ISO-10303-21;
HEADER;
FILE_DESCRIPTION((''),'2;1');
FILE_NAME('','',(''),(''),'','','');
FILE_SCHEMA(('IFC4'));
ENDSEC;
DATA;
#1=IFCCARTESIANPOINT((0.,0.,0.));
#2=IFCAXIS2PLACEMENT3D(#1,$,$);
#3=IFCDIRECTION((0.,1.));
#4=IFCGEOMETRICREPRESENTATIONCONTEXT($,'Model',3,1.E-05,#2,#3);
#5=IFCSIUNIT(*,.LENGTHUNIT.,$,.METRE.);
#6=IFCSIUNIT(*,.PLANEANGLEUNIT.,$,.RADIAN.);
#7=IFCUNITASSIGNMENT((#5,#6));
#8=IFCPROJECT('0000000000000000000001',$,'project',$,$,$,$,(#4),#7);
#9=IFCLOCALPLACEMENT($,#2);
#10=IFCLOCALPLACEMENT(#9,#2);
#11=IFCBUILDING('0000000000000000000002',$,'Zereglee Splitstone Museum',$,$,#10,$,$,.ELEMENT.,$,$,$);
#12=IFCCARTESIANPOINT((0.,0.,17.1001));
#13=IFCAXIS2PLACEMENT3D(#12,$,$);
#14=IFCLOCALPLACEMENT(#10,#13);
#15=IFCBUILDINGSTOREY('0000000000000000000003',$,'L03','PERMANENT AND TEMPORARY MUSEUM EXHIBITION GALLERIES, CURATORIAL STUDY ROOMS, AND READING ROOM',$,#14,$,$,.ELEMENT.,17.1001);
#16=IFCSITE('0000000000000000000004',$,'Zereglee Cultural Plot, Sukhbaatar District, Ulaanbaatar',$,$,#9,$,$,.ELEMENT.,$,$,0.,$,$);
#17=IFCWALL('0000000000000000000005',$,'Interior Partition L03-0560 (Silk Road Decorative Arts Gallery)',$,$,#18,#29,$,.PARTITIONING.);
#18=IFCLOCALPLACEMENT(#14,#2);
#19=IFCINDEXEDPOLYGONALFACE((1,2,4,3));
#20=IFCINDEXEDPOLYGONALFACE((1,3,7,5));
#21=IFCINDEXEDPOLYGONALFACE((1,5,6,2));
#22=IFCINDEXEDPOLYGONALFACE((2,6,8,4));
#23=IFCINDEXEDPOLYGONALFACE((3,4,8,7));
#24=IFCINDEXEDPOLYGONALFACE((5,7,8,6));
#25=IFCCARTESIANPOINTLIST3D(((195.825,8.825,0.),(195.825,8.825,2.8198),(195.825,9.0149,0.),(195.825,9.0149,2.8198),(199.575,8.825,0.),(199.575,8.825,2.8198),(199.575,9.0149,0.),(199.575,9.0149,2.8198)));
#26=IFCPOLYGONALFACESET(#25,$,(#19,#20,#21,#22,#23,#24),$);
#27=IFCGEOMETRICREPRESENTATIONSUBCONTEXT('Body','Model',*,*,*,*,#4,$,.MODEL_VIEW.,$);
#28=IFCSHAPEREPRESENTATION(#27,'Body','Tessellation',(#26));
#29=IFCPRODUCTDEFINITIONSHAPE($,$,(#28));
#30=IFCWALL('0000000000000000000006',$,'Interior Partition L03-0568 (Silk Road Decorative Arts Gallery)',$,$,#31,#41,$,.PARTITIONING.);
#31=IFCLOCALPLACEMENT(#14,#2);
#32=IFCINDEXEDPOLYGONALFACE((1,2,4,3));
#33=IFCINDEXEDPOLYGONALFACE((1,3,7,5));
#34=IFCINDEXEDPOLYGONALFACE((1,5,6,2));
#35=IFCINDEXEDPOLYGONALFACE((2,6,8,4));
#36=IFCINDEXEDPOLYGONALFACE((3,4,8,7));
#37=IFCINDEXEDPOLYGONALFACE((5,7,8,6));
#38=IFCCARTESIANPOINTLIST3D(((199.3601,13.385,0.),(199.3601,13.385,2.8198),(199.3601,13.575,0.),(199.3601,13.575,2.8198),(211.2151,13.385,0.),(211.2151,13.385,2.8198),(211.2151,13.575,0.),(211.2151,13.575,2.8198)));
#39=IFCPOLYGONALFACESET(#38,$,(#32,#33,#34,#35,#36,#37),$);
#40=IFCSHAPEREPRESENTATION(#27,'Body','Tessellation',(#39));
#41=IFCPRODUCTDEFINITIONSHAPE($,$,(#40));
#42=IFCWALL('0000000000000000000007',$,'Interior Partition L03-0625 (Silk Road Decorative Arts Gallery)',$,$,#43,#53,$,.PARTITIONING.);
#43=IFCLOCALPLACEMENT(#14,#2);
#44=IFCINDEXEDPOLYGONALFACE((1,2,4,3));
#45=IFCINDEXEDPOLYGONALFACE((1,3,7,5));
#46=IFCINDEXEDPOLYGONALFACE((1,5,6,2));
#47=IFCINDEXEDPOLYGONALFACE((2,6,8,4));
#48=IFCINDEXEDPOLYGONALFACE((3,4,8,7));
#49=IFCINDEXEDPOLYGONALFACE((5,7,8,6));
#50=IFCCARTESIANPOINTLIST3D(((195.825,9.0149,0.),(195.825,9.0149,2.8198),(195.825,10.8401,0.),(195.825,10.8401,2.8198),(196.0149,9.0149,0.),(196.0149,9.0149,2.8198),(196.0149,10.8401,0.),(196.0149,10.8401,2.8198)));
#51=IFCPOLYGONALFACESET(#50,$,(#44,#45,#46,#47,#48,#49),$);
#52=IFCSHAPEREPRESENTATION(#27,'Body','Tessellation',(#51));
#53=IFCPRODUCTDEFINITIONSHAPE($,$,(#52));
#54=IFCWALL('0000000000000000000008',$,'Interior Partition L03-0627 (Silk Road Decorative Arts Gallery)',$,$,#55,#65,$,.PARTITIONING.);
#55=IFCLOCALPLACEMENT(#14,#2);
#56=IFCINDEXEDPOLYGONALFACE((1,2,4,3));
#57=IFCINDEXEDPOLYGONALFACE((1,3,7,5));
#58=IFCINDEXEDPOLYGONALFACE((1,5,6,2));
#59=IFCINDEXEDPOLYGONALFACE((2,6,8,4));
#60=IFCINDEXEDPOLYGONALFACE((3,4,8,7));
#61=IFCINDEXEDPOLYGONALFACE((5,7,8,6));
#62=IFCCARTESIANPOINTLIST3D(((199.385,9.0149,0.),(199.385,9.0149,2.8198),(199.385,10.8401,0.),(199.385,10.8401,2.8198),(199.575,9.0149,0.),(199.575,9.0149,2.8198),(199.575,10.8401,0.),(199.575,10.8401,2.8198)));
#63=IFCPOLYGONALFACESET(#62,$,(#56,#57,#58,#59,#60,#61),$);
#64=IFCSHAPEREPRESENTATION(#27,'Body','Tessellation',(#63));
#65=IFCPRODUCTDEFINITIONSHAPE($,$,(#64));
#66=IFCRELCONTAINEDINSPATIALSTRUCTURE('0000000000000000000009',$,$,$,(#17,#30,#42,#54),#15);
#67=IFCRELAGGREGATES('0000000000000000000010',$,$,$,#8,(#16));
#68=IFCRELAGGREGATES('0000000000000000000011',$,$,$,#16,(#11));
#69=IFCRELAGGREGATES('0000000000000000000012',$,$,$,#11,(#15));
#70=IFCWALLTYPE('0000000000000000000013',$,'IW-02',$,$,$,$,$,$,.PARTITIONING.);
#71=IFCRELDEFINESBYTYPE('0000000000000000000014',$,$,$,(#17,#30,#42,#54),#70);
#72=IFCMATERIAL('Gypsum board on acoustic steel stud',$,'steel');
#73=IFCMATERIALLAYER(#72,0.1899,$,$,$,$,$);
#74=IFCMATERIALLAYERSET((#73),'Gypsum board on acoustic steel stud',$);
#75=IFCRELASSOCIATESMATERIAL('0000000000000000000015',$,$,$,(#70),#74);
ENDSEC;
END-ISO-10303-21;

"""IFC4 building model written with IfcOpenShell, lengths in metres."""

from ifc_helpers import new_model, si_unit, direction, frame, frame_2d, origin, place, context, subcontext, project, spatial, rectangle, extrude, material, layer, layer_set, type_object, element, save


model = new_model("IFC4")

# Units and contexts
model_context = context("Model", 3, precision=1e-05, world=origin(), true_north=direction((0.0, 1.0)))
body_context = subcontext(model_context, "Body", "Model", "MODEL_VIEW")
ifc_project = project(units=[si_unit("LENGTHUNIT", "METRE"), si_unit("PLANEANGLEUNIT", "RADIAN")], contexts=[model_context])

# Site, building, storey
site_placement = place(None, origin())
site = spatial("IfcSite", under=ifc_project, at=site_placement, Name="Zereglee Cultural Plot, Sukhbaatar District, Ulaanbaatar", CompositionType="ELEMENT", RefElevation=0.0)
building_placement = place(site_placement, origin())
building = spatial("IfcBuilding", under=site, at=building_placement, Name="Zereglee Splitstone Museum", CompositionType="ELEMENT")
storey_placement = place(building_placement, frame((0.0, 0.0, 17.1001)))
storey = spatial("IfcBuildingStorey", under=building, at=storey_placement, Name="L03", Description="PERMANENT AND TEMPORARY MUSEUM EXHIBITION GALLERIES, CURATORIAL STUDY ROOMS, AND READING ROOM", CompositionType="ELEMENT", Elevation=17.1001)

# Walls
ifc_material_1 = material(Name="Gypsum board on acoustic steel stud", Category="steel")
ifc_layer_1 = layer(ifc_material_1, 0.1899)
ifc_layer_set_1 = layer_set([ifc_layer_1], Name="Gypsum board on acoustic steel stud")
wall_type_1 = type_object("IfcWallType", Name="IW-02", PredefinedType="PARTITIONING", material=ifc_layer_set_1)
wall_1_placement = place(storey_placement, frame((195.825, 8.9199, 0.0), z_axis=(0.0, 0.0, 1.0), x_axis=(1.0, 0.0, 0.0)))
element("IfcWall", 1, at=wall_1_placement, inside=storey, type_object=wall_type_1, Name="Interior Partition L03-0560 (Silk Road Decorative Arts Gallery)", PredefinedType="PARTITIONING", context=body_context, shape_type="SweptSolid", body=[
    extrude(rectangle(XDim=3.75, YDim=0.1899, at=frame_2d((1.875, 0.0))), origin(), (0.0, 0.0, 1.0), 2.8198),
])
wall_2_placement = place(storey_placement, frame((199.3601, 13.48, 0.0), z_axis=(0.0, 0.0, 1.0), x_axis=(1.0, 0.0, 0.0)))
element("IfcWall", 2, at=wall_2_placement, inside=storey, type_object=wall_type_1, Name="Interior Partition L03-0568 (Silk Road Decorative Arts Gallery)", PredefinedType="PARTITIONING", context=body_context, shape_type="SweptSolid", body=[
    extrude(rectangle(XDim=11.855, YDim=0.1899, at=frame_2d((5.9275, 0.0))), origin(), (0.0, 0.0, 1.0), 2.8198),
])
for number, where, z_axis, x_axis, name in (
    (3, (195.9199, 9.0149, 0.0), (0.0, 0.0, 1.0), (0.0, 1.0, 0.0), "Interior Partition L03-0625 (Silk Road Decorative Arts Gallery)"),
    (4, (199.48, 9.0149, 0.0), (0.0, 0.0, 1.0), (0.0, 1.0, 0.0), "Interior Partition L03-0627 (Silk Road Decorative Arts Gallery)"),
):
    element("IfcWall", number, at=place(storey_placement, frame(where, z_axis=z_axis, x_axis=x_axis)), inside=storey, type_object=wall_type_1, Name=name, PredefinedType="PARTITIONING", context=body_context, shape_type="SweptSolid", body=[
        extrude(rectangle(XDim=1.8252, YDim=0.1899, at=frame_2d((0.9126, 0.0))), origin(), (0.0, 0.0, 1.0), 2.8198),
    ])

save(model, "model.ifc")
